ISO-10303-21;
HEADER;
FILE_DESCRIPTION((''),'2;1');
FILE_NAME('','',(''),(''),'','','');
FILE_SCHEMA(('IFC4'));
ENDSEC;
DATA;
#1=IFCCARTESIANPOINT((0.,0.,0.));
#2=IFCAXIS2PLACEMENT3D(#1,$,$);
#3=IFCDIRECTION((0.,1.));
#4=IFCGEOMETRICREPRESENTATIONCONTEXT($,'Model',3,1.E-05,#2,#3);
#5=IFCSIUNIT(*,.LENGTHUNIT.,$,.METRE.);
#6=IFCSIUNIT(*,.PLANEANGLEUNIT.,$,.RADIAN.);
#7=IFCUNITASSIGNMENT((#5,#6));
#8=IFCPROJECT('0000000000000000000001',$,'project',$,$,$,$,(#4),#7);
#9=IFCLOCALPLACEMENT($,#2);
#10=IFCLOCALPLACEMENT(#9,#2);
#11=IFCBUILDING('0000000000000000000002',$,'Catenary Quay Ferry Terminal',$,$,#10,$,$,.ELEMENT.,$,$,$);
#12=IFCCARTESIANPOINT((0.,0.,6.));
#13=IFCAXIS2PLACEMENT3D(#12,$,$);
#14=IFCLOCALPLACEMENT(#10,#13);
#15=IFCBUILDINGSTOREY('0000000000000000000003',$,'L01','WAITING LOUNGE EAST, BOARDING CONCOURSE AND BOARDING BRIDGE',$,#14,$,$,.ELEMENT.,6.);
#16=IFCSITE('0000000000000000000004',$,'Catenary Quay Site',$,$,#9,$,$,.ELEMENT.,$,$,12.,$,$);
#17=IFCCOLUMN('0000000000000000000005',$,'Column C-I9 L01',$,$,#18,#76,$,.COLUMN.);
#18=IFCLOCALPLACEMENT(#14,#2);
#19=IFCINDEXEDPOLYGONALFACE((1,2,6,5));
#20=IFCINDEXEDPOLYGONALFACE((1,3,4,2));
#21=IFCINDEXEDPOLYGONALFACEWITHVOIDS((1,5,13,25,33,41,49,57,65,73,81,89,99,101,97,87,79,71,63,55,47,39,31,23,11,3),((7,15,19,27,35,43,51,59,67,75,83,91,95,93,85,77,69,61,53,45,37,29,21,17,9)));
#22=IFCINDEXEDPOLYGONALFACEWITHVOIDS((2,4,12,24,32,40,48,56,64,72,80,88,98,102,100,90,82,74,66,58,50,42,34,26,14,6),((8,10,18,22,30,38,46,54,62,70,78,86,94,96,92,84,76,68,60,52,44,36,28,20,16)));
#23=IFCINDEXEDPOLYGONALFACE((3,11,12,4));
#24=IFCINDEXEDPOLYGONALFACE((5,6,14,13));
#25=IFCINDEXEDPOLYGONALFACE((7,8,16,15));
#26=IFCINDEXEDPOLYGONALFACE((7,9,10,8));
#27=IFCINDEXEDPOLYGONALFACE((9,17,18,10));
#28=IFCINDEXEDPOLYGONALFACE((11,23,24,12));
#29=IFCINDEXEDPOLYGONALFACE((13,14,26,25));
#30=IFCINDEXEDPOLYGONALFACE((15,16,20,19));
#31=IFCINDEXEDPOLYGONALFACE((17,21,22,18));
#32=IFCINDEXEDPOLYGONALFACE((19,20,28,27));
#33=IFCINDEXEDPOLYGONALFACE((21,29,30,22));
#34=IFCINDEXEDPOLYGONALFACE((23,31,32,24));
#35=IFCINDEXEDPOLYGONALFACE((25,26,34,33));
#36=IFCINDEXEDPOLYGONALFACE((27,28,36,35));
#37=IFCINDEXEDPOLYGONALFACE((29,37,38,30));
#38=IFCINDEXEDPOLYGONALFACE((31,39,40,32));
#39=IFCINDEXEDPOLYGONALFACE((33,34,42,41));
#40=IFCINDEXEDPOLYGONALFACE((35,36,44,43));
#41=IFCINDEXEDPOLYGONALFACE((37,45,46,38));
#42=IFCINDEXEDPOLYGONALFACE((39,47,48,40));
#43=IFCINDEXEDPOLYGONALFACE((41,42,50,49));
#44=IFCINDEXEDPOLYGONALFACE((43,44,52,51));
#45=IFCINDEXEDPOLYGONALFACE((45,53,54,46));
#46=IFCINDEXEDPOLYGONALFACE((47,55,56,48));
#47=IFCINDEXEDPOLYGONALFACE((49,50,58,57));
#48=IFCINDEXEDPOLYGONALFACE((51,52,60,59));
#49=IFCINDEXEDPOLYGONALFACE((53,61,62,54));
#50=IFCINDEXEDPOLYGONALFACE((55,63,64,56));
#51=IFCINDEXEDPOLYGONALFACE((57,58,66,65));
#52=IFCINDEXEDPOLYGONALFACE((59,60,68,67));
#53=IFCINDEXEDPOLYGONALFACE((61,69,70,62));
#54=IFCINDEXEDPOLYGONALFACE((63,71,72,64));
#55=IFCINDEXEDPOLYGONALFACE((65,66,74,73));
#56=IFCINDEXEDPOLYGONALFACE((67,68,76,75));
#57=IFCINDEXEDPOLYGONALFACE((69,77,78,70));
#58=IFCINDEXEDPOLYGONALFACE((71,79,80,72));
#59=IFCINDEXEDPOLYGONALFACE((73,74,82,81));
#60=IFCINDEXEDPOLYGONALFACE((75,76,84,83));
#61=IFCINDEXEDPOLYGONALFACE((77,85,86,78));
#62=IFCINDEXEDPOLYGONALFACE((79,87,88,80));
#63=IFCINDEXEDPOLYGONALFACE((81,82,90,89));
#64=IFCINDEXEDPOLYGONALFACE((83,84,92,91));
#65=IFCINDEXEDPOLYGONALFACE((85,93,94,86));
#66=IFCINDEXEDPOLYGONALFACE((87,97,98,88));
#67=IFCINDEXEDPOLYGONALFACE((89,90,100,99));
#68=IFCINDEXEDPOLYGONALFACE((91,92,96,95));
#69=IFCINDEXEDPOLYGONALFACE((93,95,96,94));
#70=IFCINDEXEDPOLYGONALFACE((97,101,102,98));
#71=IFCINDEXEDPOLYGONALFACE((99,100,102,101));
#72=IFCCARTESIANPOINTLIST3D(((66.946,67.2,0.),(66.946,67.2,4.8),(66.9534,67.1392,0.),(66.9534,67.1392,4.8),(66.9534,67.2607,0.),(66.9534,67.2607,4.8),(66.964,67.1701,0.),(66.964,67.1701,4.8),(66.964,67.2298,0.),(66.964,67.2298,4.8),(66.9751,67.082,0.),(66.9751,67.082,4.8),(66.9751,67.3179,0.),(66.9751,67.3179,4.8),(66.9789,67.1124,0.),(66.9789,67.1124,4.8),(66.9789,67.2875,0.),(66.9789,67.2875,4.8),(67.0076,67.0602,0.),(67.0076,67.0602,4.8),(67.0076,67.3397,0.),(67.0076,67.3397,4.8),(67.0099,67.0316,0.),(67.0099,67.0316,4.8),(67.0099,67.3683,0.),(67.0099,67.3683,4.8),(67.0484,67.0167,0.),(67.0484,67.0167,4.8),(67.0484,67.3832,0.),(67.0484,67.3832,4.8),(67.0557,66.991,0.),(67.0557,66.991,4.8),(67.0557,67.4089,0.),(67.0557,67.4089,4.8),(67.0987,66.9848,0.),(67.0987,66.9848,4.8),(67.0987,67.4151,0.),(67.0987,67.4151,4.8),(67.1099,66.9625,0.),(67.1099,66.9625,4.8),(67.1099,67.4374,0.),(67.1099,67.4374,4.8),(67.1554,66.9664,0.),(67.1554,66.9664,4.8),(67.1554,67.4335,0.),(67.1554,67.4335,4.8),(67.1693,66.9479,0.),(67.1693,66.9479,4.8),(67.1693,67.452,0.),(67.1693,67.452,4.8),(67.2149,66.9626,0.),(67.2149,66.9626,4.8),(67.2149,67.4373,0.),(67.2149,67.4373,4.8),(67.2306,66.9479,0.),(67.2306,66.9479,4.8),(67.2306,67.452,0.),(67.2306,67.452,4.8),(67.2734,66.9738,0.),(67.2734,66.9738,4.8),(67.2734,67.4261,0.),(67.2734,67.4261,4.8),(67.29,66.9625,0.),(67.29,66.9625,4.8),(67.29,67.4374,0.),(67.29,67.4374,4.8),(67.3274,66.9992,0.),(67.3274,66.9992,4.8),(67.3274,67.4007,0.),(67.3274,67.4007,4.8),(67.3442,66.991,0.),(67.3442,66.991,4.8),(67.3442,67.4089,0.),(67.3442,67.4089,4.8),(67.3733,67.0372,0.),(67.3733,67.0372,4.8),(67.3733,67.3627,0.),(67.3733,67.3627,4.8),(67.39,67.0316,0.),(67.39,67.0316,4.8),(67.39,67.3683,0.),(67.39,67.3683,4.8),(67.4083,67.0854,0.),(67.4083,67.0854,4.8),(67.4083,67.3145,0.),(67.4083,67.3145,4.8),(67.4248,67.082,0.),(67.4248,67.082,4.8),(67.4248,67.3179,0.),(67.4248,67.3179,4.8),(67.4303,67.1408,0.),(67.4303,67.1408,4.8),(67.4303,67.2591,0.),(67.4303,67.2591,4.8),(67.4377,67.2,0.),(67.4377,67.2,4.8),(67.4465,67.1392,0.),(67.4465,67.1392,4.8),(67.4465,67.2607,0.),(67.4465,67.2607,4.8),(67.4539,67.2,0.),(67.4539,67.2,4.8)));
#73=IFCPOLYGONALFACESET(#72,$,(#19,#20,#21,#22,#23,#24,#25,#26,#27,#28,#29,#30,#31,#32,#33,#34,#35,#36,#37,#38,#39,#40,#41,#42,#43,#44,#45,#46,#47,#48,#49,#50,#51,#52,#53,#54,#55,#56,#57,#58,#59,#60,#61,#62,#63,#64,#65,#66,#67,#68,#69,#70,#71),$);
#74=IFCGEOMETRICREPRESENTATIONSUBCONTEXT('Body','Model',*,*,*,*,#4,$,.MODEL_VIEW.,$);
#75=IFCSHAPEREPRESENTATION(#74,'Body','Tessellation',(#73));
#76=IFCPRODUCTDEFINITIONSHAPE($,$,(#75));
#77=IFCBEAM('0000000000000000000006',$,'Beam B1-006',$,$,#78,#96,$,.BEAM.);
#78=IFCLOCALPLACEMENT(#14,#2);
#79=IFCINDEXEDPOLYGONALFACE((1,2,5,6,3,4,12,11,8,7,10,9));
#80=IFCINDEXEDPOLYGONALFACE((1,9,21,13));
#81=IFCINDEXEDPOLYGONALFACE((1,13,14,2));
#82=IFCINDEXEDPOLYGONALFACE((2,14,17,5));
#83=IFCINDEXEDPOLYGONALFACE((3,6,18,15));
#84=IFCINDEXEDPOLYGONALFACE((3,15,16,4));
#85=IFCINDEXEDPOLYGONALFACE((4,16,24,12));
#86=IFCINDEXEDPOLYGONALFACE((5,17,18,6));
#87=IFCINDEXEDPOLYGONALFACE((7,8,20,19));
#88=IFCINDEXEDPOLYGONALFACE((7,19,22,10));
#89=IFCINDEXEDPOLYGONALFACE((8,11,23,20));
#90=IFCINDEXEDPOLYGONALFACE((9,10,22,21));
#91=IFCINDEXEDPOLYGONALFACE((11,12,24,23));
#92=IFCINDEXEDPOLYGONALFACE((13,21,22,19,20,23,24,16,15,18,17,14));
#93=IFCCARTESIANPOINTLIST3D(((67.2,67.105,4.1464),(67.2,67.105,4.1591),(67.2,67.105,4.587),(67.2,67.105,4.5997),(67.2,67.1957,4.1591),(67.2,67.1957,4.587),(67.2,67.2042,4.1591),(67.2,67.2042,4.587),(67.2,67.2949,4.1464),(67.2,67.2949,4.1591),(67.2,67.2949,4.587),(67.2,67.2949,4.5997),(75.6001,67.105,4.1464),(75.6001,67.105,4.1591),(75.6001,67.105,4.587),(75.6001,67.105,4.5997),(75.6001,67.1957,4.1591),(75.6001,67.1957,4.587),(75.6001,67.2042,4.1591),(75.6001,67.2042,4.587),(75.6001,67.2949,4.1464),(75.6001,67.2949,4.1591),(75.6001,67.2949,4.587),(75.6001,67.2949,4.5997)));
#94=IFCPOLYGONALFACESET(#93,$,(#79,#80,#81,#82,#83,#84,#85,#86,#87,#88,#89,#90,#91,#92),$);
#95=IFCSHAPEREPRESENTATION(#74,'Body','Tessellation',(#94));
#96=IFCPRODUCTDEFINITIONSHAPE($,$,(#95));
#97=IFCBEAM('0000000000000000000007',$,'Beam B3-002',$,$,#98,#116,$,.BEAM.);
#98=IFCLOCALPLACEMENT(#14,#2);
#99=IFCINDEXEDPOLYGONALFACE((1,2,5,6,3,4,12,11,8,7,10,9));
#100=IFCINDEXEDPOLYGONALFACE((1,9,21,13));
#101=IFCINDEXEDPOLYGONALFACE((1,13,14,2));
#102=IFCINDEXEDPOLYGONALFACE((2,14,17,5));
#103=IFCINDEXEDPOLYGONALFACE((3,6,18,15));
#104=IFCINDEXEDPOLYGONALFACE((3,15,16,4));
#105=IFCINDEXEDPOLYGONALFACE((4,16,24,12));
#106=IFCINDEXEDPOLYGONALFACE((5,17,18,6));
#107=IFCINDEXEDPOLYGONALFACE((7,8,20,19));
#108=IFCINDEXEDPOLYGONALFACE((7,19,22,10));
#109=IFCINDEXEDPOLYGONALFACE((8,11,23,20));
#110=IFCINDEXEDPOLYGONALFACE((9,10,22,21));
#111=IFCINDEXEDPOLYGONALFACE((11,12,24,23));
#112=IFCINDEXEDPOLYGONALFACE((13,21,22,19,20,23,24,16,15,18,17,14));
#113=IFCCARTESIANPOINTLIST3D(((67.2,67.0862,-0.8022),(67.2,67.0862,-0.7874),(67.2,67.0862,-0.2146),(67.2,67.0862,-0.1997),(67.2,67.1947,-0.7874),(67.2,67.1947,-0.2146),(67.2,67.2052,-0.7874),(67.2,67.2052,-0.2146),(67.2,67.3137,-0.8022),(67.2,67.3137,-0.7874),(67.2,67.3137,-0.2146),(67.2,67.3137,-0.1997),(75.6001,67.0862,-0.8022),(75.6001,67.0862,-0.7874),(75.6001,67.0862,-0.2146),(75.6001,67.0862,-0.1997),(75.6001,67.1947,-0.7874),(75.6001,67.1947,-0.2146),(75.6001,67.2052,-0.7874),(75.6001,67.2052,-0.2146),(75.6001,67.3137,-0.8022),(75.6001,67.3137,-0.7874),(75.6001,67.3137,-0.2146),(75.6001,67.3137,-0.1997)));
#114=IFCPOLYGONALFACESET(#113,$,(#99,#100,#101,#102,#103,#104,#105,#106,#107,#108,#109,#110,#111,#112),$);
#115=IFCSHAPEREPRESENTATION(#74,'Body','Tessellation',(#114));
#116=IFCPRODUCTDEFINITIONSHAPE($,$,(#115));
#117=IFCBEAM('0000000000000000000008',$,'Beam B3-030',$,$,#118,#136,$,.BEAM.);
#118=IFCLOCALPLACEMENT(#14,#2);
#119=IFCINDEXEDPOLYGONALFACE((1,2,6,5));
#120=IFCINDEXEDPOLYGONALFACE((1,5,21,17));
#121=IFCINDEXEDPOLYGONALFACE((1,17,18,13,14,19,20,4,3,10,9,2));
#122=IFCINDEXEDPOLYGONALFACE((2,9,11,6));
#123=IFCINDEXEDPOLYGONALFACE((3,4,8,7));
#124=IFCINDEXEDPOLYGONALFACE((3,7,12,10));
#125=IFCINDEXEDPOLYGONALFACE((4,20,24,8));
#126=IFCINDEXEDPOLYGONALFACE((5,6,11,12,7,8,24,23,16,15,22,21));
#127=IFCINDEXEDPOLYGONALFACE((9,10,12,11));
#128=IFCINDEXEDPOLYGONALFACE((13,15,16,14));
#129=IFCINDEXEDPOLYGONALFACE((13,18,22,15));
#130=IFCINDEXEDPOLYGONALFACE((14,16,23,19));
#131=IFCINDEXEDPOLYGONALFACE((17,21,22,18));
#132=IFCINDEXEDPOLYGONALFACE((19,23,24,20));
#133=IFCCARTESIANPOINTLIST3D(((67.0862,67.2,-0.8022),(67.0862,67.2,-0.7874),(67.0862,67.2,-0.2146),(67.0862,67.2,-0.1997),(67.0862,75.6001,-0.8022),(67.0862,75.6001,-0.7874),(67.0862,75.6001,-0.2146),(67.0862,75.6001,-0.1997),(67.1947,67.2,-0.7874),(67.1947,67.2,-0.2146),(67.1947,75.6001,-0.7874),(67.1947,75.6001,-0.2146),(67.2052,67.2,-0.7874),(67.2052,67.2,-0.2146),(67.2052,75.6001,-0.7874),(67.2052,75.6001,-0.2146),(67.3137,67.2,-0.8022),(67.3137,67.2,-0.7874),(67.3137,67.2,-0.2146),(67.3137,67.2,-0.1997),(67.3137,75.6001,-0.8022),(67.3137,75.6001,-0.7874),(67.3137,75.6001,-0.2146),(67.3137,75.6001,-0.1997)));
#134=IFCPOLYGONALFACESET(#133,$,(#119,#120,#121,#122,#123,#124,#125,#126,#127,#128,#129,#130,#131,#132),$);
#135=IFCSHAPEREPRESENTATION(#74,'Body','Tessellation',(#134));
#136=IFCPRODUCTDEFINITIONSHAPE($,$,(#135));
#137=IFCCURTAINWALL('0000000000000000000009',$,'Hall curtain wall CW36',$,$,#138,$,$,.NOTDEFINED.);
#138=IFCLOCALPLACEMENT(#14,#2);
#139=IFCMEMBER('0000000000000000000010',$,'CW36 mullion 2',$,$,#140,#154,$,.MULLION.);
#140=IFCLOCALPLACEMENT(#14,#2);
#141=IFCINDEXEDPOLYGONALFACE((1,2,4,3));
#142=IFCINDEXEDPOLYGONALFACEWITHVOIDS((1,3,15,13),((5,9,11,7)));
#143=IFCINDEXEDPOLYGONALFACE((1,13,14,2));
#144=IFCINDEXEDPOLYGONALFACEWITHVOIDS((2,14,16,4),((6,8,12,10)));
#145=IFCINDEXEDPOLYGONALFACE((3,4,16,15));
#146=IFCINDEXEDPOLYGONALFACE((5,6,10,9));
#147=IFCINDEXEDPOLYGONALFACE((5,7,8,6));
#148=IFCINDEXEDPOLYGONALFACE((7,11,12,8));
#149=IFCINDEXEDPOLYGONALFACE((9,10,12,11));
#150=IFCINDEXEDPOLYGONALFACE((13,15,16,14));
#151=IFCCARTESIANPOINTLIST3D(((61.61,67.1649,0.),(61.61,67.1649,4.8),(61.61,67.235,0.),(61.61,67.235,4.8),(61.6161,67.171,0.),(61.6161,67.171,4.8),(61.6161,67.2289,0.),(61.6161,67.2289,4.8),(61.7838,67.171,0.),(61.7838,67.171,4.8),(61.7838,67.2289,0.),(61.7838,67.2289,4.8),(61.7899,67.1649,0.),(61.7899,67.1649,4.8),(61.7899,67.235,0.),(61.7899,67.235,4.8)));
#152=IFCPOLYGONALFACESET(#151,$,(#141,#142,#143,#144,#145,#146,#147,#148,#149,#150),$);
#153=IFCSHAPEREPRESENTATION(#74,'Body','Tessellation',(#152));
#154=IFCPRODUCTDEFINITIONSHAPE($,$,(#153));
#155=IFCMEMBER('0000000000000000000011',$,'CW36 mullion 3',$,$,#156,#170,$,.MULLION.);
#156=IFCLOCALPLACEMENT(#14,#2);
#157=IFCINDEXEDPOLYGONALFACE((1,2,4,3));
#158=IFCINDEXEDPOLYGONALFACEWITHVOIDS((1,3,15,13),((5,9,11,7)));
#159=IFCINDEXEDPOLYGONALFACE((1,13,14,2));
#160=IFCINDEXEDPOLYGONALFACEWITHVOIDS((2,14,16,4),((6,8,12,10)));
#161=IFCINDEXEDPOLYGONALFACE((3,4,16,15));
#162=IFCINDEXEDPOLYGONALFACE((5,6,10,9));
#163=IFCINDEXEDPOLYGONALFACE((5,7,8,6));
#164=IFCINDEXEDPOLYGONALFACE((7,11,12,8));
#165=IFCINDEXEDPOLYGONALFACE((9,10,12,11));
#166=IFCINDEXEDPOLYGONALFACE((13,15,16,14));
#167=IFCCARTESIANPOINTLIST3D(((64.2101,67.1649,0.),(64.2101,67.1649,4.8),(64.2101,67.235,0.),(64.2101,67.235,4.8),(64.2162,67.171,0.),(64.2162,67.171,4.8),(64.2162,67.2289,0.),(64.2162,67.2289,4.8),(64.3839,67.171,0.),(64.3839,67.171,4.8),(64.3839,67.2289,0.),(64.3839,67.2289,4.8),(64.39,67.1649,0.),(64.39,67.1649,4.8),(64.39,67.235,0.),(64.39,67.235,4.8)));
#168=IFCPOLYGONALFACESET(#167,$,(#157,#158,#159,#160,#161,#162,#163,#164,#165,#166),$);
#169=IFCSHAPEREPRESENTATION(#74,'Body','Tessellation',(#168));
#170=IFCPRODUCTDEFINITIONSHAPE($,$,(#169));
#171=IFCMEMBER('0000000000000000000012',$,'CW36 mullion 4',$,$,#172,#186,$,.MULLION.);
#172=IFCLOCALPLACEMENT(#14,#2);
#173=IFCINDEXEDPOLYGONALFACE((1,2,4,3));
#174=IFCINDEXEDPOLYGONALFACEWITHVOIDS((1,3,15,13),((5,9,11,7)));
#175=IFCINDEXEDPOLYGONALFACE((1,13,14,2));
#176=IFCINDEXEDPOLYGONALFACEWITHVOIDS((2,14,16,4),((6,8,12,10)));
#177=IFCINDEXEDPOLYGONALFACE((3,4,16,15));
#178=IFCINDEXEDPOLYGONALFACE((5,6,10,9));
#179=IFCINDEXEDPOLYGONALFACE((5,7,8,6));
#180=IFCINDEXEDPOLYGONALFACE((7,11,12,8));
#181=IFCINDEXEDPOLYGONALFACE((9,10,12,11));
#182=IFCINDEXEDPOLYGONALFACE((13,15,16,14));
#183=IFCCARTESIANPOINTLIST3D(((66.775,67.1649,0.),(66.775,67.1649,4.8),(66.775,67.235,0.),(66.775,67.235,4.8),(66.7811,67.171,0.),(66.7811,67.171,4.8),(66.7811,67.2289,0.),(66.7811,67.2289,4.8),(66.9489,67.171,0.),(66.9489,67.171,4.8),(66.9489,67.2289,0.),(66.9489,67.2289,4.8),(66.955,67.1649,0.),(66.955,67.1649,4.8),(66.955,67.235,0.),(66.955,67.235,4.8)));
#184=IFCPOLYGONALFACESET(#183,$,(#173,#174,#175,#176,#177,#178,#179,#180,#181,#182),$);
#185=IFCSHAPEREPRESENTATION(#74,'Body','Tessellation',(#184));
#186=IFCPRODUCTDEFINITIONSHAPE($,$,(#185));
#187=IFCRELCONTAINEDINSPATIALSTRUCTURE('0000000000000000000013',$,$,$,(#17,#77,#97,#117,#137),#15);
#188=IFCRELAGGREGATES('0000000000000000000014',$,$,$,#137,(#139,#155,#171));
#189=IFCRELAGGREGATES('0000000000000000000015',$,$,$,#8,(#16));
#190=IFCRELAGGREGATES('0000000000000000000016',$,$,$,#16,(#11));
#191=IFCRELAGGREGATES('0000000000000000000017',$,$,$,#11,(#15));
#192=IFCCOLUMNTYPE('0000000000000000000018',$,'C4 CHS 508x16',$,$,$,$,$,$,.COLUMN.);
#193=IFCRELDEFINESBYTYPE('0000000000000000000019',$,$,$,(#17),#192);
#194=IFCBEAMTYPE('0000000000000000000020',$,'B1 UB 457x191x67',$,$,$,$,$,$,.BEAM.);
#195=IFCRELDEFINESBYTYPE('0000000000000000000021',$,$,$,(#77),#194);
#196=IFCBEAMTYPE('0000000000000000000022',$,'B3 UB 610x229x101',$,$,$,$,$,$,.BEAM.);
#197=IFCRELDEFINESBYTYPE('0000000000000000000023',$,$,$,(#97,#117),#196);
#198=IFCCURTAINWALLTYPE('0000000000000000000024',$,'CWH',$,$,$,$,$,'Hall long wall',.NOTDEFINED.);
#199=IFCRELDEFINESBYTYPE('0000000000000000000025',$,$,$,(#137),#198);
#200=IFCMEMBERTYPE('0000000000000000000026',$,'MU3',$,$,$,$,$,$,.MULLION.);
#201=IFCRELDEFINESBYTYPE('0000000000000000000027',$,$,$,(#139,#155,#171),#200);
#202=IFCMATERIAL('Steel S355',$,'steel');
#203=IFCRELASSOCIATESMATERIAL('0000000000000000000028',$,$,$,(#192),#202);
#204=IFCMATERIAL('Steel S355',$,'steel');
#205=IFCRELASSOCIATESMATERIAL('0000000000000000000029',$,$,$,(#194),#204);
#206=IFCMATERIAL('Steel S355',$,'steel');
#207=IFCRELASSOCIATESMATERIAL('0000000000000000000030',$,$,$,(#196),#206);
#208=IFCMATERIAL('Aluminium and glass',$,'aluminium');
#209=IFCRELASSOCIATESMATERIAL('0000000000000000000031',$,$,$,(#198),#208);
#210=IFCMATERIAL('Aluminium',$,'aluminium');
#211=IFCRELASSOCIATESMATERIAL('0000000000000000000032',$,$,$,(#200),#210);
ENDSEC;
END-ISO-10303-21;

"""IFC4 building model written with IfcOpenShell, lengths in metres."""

from ifc_helpers import new_model, si_unit, direction, frame, origin, origin_2d, place, context, subcontext, project, spatial, hollow_rectangle, hollow_circle, i_section, extrude, material, material_profile, profile_set, type_object, element, aggregate, save


model = new_model("IFC4")

# Units and contexts
model_context = context("Model", 3, precision=1e-05, world=origin(), true_north=direction((0.0, 1.0)))
body_context = subcontext(model_context, "Body", "Model", "MODEL_VIEW")
ifc_project = project(units=[si_unit("LENGTHUNIT", "METRE"), si_unit("PLANEANGLEUNIT", "RADIAN")], contexts=[model_context])

# Site, building, storey
site_placement = place(None, origin())
site = spatial("IfcSite", under=ifc_project, at=site_placement, Name="Catenary Quay Site", CompositionType="ELEMENT", RefElevation=12.0)
building_placement = place(site_placement, origin())
building = spatial("IfcBuilding", under=site, at=building_placement, Name="Catenary Quay Ferry Terminal", CompositionType="ELEMENT")
storey_placement = place(building_placement, frame((0.0, 0.0, 6.0)))
storey = spatial("IfcBuildingStorey", under=building, at=storey_placement, Name="L01", Description="WAITING LOUNGE EAST, BOARDING CONCOURSE AND BOARDING BRIDGE", CompositionType="ELEMENT", Elevation=6.0)

# Column
ifc_material_1 = material(Name="Steel S355", Category="steel")
ifc_material_profile_1 = material_profile(ifc_material_1, hollow_circle(Radius=0.2539, WallThickness=0.0161, at=origin_2d()), Name="CHS 508x16")
ifc_profile_set_1 = profile_set([ifc_material_profile_1], Name="Steel S355")
column_type = type_object("IfcColumnType", Name="C4 CHS 508x16", PredefinedType="COLUMN", material=ifc_profile_set_1)
column_placement = place(storey_placement, frame((67.2, 67.2, 0.0), z_axis=(0.0, 0.0, 1.0), x_axis=(1.0, 0.0, 0.0)))
element("IfcColumn", 1, at=column_placement, inside=storey, type_object=column_type, Name="Column C-I9 L01", PredefinedType="COLUMN", context=body_context, shape_type="SweptSolid", body=[
    extrude(hollow_circle(Radius=0.2539, WallThickness=0.0161, at=origin_2d()), origin(), (0.0, 0.0, 1.0), 4.8),
])

# Beams
ifc_material_2 = material(Name="Steel S355", Category="steel")
ifc_material_profile_2 = material_profile(ifc_material_2, i_section(OverallWidth=0.1899, OverallDepth=0.4534, WebThickness=0.0085, FlangeThickness=0.0127, at=origin_2d()), Name="UB 457x191x67")
ifc_profile_set_2 = profile_set([ifc_material_profile_2], Name="Steel S355")
beam_type_1 = type_object("IfcBeamType", Name="B1 UB 457x191x67", PredefinedType="BEAM", material=ifc_profile_set_2)
beam_1_placement = place(storey_placement, frame((67.2, 67.2, 4.373), z_axis=(1.0, 0.0, 0.0), x_axis=(0.0, 1.0, 0.0)))
element("IfcBeam", 2, at=beam_1_placement, inside=storey, type_object=beam_type_1, Name="Beam B1-006", PredefinedType="BEAM", context=body_context, shape_type="SweptSolid", body=[
    extrude(i_section(OverallWidth=0.1899, OverallDepth=0.4534, WebThickness=0.0085, FlangeThickness=0.0127, at=origin_2d()), origin(), (0.0, 0.0, 1.0), 8.4001),
])
ifc_material_3 = material(Name="Steel S355", Category="steel")
ifc_material_profile_3 = material_profile(ifc_material_3, i_section(OverallWidth=0.2275, OverallDepth=0.6025, WebThickness=0.0105, FlangeThickness=0.0149, at=origin_2d()), Name="UB 610x229x101")
ifc_profile_set_3 = profile_set([ifc_material_profile_3], Name="Steel S355")
beam_type_2 = type_object("IfcBeamType", Name="B3 UB 610x229x101", PredefinedType="BEAM", material=ifc_profile_set_3)
for number, where, z_axis, x_axis, name in (
    (3, (67.2, 67.2, -0.501), (1.0, 0.0, 0.0), (0.0, 1.0, 0.0), "Beam B3-002"),
    (4, (67.2, 67.2, -0.501), (0.0, 1.0, 0.0), (-1.0, 0.0, 0.0), "Beam B3-030"),
):
    element("IfcBeam", number, at=place(storey_placement, frame(where, z_axis=z_axis, x_axis=x_axis)), inside=storey, type_object=beam_type_2, Name=name, PredefinedType="BEAM", context=body_context, shape_type="SweptSolid", body=[
        extrude(i_section(OverallWidth=0.2275, OverallDepth=0.6025, WebThickness=0.0105, FlangeThickness=0.0149, at=origin_2d()), origin(), (0.0, 0.0, 1.0), 8.4001),
    ])

# Curtain wall, members
ifc_material_4 = material(Name="Aluminium and glass", Category="aluminium")
curtain_wall_type = type_object("IfcCurtainWallType", Name="CWH", ElementType="Hall long wall", PredefinedType="NOTDEFINED", material=ifc_material_4)
curtain_wall_placement = place(storey_placement, origin())
curtain_wall = element("IfcCurtainWall", 5, at=curtain_wall_placement, inside=storey, type_object=curtain_wall_type, Name="Hall curtain wall CW36", PredefinedType="NOTDEFINED")
ifc_material_5 = material(Name="Aluminium", Category="aluminium")
ifc_material_profile_4 = material_profile(ifc_material_5, hollow_rectangle(XDim=0.0701, YDim=0.1799, WallThickness=0.0061, at=origin_2d()), Name="MU3")
ifc_profile_set_4 = profile_set([ifc_material_profile_4], Name="Aluminium")
member_type_1 = type_object("IfcMemberType", Name="MU3", PredefinedType="MULLION", material=ifc_profile_set_4)
member_1_placement = place(storey_placement, frame((61.7, 67.2, 0.0), z_axis=(0.0, 0.0, 1.0), x_axis=(0.0, 1.0, 0.0)))
member_1 = element("IfcMember", 6, at=member_1_placement, type_object=member_type_1, Name="CW36 mullion 2", PredefinedType="MULLION", context=body_context, shape_type="SweptSolid", body=[
    extrude(hollow_rectangle(XDim=0.0701, YDim=0.1799, WallThickness=0.0061, at=origin_2d()), origin(), (0.0, 0.0, 1.0), 4.8),
])
member_2_placement = place(storey_placement, frame((64.3, 67.2, 0.0), z_axis=(0.0, 0.0, 1.0), x_axis=(0.0, 1.0, 0.0)))
member_2 = element("IfcMember", 7, at=member_2_placement, type_object=member_type_1, Name="CW36 mullion 3", PredefinedType="MULLION", context=body_context, shape_type="SweptSolid", body=[
    extrude(hollow_rectangle(XDim=0.0701, YDim=0.1799, WallThickness=0.0061, at=origin_2d()), origin(), (0.0, 0.0, 1.0), 4.8),
])
member_3_placement = place(storey_placement, frame((66.865, 67.2, 0.0), z_axis=(0.0, 0.0, 1.0), x_axis=(0.0, 1.0, 0.0)))
member_3 = element("IfcMember", 8, at=member_3_placement, type_object=member_type_1, Name="CW36 mullion 4", PredefinedType="MULLION", context=body_context, shape_type="SweptSolid", body=[
    extrude(hollow_rectangle(XDim=0.0701, YDim=0.1799, WallThickness=0.0061, at=origin_2d()), origin(), (0.0, 0.0, 1.0), 4.8),
])

aggregate(curtain_wall, [member_1, member_2, member_3])

save(model, "model.ifc")
